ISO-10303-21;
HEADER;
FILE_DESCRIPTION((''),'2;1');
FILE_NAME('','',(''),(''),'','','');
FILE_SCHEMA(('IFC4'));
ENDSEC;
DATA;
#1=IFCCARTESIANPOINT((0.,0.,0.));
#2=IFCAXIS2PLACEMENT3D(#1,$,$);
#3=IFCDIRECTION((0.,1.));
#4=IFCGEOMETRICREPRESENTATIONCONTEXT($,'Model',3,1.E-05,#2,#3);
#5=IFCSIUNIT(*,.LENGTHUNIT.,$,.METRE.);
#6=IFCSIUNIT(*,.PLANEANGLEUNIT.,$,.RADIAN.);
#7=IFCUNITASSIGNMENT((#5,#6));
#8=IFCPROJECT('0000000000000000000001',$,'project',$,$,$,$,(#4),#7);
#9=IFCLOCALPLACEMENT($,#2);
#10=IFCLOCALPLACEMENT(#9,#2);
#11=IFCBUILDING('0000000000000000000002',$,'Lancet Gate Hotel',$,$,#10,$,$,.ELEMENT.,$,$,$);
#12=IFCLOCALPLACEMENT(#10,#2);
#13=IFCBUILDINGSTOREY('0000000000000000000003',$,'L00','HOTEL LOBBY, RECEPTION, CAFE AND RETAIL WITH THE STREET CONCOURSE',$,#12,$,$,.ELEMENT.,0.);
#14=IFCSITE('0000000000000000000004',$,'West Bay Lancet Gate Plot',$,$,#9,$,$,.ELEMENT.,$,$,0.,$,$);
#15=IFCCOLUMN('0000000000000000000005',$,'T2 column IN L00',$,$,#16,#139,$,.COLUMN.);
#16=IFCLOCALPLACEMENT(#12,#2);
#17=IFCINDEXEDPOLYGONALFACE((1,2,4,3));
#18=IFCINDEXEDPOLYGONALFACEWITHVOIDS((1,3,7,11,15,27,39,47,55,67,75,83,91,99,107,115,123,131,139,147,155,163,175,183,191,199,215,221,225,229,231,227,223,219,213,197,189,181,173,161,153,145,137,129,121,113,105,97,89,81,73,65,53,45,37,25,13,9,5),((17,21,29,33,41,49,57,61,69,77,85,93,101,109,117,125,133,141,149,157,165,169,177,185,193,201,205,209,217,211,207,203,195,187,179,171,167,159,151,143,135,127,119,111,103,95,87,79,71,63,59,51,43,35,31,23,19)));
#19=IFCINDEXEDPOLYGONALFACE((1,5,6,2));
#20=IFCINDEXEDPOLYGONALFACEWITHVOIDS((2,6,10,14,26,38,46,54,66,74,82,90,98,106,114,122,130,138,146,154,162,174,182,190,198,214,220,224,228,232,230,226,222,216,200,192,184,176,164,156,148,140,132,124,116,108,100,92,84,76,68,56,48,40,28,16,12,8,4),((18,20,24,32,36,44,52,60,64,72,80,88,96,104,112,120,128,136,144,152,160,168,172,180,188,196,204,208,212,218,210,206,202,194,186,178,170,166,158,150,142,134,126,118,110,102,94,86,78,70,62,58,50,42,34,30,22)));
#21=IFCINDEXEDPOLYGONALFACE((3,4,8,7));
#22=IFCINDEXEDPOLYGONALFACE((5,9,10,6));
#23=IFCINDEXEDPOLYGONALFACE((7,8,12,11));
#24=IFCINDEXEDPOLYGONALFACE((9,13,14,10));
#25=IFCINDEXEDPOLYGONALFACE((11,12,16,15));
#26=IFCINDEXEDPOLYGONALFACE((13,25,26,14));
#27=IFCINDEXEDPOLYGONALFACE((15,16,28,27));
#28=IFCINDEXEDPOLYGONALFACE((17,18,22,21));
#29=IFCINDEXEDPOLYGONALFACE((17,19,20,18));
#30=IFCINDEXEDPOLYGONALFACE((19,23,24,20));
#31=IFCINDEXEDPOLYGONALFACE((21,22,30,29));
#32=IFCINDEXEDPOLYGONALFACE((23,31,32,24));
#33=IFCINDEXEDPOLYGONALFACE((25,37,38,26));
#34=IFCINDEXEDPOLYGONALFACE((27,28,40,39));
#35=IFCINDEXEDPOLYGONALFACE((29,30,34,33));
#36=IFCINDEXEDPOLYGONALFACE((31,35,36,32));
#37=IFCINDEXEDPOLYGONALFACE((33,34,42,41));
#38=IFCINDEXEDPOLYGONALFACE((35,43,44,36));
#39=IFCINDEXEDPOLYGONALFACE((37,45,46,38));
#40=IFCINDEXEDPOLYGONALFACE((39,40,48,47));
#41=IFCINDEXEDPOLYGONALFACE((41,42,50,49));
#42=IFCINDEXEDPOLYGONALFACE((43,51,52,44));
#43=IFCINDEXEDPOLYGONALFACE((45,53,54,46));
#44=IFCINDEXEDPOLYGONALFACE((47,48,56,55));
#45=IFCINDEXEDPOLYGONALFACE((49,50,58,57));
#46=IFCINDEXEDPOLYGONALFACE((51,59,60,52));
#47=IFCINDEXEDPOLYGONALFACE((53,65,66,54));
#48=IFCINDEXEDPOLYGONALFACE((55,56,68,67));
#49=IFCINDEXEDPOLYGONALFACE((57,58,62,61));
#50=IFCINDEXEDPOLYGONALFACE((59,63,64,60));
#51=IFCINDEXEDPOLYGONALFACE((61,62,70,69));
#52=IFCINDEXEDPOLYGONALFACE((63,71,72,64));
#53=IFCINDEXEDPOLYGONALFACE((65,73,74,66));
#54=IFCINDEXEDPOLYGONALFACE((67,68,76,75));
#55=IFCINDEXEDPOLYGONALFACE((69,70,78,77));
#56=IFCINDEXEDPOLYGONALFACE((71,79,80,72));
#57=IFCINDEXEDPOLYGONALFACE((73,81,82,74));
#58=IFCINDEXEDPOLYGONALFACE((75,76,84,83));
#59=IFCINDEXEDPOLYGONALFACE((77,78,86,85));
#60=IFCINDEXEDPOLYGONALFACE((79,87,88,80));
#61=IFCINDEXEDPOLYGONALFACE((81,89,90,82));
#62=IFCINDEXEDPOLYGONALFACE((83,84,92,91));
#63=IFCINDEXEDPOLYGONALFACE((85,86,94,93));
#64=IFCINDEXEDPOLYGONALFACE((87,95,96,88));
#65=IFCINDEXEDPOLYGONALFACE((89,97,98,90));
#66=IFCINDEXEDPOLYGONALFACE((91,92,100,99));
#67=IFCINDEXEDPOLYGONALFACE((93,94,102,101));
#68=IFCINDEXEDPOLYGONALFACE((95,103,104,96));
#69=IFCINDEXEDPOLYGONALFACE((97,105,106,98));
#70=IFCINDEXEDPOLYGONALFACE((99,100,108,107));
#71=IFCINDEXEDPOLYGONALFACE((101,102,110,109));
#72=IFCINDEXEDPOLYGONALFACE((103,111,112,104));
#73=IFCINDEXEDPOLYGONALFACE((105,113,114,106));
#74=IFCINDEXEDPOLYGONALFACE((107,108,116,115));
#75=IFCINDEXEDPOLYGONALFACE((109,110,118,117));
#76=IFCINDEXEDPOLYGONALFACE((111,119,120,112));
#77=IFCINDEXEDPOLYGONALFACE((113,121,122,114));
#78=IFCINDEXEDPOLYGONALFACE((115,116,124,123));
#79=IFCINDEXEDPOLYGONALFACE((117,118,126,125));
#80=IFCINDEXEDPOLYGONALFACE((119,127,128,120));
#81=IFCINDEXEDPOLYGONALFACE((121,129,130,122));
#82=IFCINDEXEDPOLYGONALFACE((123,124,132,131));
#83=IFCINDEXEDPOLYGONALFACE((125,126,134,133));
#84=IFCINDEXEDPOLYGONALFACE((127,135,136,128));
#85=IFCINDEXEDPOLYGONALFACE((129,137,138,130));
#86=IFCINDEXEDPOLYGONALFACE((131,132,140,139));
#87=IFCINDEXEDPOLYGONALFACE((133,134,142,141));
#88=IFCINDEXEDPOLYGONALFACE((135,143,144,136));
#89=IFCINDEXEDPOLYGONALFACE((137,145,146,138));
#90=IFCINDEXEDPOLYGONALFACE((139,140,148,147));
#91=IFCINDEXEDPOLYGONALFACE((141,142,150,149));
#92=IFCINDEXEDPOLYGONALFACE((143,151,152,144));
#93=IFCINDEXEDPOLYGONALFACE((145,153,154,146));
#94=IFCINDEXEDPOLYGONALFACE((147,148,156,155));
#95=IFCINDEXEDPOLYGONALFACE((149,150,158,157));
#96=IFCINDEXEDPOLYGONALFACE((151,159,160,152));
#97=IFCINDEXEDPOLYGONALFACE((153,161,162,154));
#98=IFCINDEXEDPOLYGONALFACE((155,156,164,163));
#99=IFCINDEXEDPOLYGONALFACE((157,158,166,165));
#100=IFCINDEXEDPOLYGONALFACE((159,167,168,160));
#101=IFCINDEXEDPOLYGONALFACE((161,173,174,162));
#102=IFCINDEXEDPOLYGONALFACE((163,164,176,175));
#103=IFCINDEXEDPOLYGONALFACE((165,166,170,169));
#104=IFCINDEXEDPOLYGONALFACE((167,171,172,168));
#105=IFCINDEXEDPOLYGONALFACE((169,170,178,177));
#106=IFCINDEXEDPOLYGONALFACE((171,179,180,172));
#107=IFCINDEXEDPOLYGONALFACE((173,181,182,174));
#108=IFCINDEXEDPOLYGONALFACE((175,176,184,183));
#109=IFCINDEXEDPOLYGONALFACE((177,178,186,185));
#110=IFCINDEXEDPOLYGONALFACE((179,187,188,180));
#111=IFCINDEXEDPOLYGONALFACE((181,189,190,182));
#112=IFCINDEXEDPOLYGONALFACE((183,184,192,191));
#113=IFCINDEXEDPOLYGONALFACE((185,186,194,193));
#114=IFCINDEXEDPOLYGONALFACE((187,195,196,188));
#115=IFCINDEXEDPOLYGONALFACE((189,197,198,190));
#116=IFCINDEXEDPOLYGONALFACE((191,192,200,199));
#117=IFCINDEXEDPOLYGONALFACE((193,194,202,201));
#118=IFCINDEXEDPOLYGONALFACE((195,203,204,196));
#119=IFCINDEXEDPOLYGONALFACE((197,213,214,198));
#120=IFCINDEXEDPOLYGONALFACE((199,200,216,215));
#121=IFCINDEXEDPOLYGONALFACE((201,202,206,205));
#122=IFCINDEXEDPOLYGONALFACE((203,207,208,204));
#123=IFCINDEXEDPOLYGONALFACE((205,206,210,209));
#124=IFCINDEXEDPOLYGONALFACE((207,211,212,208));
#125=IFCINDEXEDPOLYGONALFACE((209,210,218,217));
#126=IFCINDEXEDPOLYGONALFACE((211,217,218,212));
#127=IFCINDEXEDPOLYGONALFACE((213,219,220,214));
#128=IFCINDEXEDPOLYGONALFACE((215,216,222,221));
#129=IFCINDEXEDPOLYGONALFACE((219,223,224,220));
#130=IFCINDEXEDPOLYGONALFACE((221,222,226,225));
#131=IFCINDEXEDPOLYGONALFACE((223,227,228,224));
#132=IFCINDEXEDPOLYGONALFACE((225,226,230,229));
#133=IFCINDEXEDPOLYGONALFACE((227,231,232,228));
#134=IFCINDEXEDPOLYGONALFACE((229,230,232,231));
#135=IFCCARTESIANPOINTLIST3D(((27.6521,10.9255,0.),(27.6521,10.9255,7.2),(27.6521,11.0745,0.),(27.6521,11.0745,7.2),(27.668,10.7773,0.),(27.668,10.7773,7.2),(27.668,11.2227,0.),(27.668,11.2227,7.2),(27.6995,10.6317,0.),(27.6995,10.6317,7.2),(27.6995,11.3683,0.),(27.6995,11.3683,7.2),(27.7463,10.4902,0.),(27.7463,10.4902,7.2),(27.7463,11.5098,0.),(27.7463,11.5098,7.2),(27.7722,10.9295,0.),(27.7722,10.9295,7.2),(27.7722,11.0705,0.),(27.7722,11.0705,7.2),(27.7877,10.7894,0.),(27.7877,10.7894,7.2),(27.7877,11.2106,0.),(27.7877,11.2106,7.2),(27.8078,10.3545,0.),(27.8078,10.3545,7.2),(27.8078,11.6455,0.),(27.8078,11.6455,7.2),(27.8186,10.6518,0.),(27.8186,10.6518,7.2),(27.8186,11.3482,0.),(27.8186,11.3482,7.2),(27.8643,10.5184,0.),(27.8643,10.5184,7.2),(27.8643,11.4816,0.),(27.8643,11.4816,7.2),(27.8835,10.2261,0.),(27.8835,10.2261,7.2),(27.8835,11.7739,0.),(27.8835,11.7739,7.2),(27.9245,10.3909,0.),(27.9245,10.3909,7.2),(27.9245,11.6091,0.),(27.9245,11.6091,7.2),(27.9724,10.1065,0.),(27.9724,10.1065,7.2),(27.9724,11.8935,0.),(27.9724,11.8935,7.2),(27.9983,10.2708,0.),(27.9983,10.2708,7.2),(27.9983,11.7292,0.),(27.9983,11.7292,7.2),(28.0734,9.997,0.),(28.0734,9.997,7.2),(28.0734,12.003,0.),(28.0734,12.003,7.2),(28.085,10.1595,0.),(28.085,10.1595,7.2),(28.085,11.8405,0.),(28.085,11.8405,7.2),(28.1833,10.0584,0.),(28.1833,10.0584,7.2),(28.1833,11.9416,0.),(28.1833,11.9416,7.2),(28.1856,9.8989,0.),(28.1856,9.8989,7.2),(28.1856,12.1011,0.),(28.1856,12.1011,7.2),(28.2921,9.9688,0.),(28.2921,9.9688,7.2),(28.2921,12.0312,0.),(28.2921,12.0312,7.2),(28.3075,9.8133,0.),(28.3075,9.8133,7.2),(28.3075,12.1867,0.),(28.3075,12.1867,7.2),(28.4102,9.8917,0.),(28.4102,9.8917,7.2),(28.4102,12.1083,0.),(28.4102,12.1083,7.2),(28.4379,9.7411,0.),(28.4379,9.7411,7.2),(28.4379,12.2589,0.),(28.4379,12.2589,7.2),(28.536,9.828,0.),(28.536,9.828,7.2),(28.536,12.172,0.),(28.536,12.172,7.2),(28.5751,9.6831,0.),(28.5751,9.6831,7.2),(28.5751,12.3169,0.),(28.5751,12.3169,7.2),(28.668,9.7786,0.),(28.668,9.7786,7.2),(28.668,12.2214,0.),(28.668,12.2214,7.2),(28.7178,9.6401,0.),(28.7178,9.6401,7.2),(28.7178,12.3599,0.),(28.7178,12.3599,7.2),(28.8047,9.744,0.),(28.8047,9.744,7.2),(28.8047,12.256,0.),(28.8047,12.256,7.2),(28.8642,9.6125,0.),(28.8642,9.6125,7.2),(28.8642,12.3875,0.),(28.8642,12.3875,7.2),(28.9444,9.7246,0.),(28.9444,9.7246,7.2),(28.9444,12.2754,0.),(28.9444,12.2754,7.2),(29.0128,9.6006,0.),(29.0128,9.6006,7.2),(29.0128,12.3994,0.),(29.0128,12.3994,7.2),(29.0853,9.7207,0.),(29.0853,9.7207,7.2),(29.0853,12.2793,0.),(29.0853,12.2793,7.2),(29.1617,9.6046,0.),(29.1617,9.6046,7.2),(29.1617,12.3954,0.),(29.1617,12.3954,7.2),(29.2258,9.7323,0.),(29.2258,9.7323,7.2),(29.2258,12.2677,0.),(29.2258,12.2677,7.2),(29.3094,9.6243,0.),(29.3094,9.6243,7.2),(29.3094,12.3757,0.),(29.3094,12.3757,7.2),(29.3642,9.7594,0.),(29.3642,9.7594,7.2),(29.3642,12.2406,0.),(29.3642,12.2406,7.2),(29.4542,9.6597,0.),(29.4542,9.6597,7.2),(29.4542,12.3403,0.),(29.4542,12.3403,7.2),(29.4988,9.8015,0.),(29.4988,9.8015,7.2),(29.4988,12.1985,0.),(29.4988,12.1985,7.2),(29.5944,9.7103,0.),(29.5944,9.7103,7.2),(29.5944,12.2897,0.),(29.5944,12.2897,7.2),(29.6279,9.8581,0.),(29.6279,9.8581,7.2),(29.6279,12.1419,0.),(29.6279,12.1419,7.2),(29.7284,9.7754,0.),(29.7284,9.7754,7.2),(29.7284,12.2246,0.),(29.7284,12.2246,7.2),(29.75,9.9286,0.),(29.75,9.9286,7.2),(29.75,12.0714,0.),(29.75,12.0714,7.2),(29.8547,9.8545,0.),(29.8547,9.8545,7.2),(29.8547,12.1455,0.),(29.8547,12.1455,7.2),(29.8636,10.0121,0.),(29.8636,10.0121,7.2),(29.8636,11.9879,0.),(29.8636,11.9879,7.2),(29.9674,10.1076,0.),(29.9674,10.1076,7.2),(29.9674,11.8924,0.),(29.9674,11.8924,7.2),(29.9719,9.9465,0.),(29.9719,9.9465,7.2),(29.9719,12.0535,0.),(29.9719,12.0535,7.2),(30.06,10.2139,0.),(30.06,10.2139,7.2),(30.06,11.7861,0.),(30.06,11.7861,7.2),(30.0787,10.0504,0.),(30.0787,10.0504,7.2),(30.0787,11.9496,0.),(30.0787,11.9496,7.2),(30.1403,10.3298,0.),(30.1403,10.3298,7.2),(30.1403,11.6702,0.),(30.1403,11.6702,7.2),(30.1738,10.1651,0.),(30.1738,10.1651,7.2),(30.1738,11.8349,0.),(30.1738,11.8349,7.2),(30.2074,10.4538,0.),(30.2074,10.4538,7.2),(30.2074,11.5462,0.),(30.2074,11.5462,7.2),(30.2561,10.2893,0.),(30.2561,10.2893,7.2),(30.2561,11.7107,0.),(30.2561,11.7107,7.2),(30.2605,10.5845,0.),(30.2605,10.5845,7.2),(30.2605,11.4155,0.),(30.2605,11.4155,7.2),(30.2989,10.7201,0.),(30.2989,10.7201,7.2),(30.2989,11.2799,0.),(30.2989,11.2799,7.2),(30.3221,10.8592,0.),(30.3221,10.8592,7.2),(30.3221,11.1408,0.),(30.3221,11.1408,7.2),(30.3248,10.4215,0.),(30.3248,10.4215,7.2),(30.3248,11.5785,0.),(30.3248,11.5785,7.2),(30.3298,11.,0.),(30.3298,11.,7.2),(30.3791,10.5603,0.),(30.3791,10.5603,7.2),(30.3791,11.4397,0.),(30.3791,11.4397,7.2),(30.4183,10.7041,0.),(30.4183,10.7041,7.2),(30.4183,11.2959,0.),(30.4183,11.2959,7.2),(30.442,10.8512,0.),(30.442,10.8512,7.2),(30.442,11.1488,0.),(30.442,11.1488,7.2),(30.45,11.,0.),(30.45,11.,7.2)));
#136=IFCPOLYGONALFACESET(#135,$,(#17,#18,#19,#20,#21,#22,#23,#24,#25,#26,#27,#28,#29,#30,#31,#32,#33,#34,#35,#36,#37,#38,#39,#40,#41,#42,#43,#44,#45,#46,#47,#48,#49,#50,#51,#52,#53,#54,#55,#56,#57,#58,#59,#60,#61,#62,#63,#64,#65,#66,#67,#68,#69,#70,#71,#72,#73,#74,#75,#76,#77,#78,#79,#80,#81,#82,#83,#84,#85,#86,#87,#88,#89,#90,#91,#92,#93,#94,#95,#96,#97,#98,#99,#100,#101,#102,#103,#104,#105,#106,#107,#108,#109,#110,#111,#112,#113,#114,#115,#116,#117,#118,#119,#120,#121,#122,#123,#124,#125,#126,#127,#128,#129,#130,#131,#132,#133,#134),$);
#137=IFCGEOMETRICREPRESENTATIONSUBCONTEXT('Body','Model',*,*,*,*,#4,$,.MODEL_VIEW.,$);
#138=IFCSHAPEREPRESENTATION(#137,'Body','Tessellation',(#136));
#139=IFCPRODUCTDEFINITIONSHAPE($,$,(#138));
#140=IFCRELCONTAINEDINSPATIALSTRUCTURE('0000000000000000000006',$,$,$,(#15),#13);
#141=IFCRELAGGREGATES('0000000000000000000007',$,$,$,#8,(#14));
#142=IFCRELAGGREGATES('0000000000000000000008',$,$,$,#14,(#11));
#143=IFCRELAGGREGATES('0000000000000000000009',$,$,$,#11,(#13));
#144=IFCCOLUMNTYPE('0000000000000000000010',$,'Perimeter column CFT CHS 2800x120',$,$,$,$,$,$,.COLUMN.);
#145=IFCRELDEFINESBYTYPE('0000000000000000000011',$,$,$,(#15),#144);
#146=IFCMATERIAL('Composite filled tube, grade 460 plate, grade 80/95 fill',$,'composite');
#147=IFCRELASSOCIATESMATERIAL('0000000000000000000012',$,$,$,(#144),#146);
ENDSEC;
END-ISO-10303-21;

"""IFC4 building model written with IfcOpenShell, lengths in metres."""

from ifc_helpers import new_model, si_unit, direction, frame, origin, origin_2d, place, context, subcontext, project, spatial, hollow_circle, extrude, material, material_profile, profile_set, type_object, element, save


model = new_model("IFC4")

# Units and contexts
model_context = context("Model", 3, precision=1e-05, world=origin(), true_north=direction((0.0, 1.0)))
body_context = subcontext(model_context, "Body", "Model", "MODEL_VIEW")
ifc_project = project(units=[si_unit("LENGTHUNIT", "METRE"), si_unit("PLANEANGLEUNIT", "RADIAN")], contexts=[model_context])

# Site, building, storey
site_placement = place(None, origin())
site = spatial("IfcSite", under=ifc_project, at=site_placement, Name="West Bay Lancet Gate Plot", CompositionType="ELEMENT", RefElevation=0.0)
building_placement = place(site_placement, origin())
building = spatial("IfcBuilding", under=site, at=building_placement, Name="Lancet Gate Hotel", CompositionType="ELEMENT")
storey_placement = place(building_placement, origin())
storey = spatial("IfcBuildingStorey", under=building, at=storey_placement, Name="L00", Description="HOTEL LOBBY, RECEPTION, CAFE AND RETAIL WITH THE STREET CONCOURSE", CompositionType="ELEMENT", Elevation=0.0)

# Column
ifc_material_1 = material(Name="Composite filled tube, grade 460 plate, grade 80/95 fill", Category="composite")
ifc_material_profile_1 = material_profile(ifc_material_1, hollow_circle(Radius=1.3999, WallThickness=0.1201, at=origin_2d()), Name="CHS 2800x120")
ifc_profile_set_1 = profile_set([ifc_material_profile_1], Name="Composite filled tube, grade 460 plate, grade 80/95 fill")
column_type_1 = type_object("IfcColumnType", Name="Perimeter column CFT CHS 2800x120", PredefinedType="COLUMN", material=ifc_profile_set_1)
for number, where, z_axis, x_axis, name in (
    (1, (29.05, 11.0, 0.0), (0.0, 0.0, 1.0), (1.0, 0.0, 0.0), "T2 column IN L00"),
):
    element("IfcColumn", number, at=place(storey_placement, frame(where, z_axis=z_axis, x_axis=x_axis)), inside=storey, type_object=column_type_1, Name=name, PredefinedType="COLUMN", context=body_context, shape_type="SweptSolid", body=[
        extrude(hollow_circle(Radius=1.3999, WallThickness=0.1201, at=origin_2d()), origin(), (0.0, 0.0, 1.0), 7.2),
    ])

save(model, "model.ifc")
